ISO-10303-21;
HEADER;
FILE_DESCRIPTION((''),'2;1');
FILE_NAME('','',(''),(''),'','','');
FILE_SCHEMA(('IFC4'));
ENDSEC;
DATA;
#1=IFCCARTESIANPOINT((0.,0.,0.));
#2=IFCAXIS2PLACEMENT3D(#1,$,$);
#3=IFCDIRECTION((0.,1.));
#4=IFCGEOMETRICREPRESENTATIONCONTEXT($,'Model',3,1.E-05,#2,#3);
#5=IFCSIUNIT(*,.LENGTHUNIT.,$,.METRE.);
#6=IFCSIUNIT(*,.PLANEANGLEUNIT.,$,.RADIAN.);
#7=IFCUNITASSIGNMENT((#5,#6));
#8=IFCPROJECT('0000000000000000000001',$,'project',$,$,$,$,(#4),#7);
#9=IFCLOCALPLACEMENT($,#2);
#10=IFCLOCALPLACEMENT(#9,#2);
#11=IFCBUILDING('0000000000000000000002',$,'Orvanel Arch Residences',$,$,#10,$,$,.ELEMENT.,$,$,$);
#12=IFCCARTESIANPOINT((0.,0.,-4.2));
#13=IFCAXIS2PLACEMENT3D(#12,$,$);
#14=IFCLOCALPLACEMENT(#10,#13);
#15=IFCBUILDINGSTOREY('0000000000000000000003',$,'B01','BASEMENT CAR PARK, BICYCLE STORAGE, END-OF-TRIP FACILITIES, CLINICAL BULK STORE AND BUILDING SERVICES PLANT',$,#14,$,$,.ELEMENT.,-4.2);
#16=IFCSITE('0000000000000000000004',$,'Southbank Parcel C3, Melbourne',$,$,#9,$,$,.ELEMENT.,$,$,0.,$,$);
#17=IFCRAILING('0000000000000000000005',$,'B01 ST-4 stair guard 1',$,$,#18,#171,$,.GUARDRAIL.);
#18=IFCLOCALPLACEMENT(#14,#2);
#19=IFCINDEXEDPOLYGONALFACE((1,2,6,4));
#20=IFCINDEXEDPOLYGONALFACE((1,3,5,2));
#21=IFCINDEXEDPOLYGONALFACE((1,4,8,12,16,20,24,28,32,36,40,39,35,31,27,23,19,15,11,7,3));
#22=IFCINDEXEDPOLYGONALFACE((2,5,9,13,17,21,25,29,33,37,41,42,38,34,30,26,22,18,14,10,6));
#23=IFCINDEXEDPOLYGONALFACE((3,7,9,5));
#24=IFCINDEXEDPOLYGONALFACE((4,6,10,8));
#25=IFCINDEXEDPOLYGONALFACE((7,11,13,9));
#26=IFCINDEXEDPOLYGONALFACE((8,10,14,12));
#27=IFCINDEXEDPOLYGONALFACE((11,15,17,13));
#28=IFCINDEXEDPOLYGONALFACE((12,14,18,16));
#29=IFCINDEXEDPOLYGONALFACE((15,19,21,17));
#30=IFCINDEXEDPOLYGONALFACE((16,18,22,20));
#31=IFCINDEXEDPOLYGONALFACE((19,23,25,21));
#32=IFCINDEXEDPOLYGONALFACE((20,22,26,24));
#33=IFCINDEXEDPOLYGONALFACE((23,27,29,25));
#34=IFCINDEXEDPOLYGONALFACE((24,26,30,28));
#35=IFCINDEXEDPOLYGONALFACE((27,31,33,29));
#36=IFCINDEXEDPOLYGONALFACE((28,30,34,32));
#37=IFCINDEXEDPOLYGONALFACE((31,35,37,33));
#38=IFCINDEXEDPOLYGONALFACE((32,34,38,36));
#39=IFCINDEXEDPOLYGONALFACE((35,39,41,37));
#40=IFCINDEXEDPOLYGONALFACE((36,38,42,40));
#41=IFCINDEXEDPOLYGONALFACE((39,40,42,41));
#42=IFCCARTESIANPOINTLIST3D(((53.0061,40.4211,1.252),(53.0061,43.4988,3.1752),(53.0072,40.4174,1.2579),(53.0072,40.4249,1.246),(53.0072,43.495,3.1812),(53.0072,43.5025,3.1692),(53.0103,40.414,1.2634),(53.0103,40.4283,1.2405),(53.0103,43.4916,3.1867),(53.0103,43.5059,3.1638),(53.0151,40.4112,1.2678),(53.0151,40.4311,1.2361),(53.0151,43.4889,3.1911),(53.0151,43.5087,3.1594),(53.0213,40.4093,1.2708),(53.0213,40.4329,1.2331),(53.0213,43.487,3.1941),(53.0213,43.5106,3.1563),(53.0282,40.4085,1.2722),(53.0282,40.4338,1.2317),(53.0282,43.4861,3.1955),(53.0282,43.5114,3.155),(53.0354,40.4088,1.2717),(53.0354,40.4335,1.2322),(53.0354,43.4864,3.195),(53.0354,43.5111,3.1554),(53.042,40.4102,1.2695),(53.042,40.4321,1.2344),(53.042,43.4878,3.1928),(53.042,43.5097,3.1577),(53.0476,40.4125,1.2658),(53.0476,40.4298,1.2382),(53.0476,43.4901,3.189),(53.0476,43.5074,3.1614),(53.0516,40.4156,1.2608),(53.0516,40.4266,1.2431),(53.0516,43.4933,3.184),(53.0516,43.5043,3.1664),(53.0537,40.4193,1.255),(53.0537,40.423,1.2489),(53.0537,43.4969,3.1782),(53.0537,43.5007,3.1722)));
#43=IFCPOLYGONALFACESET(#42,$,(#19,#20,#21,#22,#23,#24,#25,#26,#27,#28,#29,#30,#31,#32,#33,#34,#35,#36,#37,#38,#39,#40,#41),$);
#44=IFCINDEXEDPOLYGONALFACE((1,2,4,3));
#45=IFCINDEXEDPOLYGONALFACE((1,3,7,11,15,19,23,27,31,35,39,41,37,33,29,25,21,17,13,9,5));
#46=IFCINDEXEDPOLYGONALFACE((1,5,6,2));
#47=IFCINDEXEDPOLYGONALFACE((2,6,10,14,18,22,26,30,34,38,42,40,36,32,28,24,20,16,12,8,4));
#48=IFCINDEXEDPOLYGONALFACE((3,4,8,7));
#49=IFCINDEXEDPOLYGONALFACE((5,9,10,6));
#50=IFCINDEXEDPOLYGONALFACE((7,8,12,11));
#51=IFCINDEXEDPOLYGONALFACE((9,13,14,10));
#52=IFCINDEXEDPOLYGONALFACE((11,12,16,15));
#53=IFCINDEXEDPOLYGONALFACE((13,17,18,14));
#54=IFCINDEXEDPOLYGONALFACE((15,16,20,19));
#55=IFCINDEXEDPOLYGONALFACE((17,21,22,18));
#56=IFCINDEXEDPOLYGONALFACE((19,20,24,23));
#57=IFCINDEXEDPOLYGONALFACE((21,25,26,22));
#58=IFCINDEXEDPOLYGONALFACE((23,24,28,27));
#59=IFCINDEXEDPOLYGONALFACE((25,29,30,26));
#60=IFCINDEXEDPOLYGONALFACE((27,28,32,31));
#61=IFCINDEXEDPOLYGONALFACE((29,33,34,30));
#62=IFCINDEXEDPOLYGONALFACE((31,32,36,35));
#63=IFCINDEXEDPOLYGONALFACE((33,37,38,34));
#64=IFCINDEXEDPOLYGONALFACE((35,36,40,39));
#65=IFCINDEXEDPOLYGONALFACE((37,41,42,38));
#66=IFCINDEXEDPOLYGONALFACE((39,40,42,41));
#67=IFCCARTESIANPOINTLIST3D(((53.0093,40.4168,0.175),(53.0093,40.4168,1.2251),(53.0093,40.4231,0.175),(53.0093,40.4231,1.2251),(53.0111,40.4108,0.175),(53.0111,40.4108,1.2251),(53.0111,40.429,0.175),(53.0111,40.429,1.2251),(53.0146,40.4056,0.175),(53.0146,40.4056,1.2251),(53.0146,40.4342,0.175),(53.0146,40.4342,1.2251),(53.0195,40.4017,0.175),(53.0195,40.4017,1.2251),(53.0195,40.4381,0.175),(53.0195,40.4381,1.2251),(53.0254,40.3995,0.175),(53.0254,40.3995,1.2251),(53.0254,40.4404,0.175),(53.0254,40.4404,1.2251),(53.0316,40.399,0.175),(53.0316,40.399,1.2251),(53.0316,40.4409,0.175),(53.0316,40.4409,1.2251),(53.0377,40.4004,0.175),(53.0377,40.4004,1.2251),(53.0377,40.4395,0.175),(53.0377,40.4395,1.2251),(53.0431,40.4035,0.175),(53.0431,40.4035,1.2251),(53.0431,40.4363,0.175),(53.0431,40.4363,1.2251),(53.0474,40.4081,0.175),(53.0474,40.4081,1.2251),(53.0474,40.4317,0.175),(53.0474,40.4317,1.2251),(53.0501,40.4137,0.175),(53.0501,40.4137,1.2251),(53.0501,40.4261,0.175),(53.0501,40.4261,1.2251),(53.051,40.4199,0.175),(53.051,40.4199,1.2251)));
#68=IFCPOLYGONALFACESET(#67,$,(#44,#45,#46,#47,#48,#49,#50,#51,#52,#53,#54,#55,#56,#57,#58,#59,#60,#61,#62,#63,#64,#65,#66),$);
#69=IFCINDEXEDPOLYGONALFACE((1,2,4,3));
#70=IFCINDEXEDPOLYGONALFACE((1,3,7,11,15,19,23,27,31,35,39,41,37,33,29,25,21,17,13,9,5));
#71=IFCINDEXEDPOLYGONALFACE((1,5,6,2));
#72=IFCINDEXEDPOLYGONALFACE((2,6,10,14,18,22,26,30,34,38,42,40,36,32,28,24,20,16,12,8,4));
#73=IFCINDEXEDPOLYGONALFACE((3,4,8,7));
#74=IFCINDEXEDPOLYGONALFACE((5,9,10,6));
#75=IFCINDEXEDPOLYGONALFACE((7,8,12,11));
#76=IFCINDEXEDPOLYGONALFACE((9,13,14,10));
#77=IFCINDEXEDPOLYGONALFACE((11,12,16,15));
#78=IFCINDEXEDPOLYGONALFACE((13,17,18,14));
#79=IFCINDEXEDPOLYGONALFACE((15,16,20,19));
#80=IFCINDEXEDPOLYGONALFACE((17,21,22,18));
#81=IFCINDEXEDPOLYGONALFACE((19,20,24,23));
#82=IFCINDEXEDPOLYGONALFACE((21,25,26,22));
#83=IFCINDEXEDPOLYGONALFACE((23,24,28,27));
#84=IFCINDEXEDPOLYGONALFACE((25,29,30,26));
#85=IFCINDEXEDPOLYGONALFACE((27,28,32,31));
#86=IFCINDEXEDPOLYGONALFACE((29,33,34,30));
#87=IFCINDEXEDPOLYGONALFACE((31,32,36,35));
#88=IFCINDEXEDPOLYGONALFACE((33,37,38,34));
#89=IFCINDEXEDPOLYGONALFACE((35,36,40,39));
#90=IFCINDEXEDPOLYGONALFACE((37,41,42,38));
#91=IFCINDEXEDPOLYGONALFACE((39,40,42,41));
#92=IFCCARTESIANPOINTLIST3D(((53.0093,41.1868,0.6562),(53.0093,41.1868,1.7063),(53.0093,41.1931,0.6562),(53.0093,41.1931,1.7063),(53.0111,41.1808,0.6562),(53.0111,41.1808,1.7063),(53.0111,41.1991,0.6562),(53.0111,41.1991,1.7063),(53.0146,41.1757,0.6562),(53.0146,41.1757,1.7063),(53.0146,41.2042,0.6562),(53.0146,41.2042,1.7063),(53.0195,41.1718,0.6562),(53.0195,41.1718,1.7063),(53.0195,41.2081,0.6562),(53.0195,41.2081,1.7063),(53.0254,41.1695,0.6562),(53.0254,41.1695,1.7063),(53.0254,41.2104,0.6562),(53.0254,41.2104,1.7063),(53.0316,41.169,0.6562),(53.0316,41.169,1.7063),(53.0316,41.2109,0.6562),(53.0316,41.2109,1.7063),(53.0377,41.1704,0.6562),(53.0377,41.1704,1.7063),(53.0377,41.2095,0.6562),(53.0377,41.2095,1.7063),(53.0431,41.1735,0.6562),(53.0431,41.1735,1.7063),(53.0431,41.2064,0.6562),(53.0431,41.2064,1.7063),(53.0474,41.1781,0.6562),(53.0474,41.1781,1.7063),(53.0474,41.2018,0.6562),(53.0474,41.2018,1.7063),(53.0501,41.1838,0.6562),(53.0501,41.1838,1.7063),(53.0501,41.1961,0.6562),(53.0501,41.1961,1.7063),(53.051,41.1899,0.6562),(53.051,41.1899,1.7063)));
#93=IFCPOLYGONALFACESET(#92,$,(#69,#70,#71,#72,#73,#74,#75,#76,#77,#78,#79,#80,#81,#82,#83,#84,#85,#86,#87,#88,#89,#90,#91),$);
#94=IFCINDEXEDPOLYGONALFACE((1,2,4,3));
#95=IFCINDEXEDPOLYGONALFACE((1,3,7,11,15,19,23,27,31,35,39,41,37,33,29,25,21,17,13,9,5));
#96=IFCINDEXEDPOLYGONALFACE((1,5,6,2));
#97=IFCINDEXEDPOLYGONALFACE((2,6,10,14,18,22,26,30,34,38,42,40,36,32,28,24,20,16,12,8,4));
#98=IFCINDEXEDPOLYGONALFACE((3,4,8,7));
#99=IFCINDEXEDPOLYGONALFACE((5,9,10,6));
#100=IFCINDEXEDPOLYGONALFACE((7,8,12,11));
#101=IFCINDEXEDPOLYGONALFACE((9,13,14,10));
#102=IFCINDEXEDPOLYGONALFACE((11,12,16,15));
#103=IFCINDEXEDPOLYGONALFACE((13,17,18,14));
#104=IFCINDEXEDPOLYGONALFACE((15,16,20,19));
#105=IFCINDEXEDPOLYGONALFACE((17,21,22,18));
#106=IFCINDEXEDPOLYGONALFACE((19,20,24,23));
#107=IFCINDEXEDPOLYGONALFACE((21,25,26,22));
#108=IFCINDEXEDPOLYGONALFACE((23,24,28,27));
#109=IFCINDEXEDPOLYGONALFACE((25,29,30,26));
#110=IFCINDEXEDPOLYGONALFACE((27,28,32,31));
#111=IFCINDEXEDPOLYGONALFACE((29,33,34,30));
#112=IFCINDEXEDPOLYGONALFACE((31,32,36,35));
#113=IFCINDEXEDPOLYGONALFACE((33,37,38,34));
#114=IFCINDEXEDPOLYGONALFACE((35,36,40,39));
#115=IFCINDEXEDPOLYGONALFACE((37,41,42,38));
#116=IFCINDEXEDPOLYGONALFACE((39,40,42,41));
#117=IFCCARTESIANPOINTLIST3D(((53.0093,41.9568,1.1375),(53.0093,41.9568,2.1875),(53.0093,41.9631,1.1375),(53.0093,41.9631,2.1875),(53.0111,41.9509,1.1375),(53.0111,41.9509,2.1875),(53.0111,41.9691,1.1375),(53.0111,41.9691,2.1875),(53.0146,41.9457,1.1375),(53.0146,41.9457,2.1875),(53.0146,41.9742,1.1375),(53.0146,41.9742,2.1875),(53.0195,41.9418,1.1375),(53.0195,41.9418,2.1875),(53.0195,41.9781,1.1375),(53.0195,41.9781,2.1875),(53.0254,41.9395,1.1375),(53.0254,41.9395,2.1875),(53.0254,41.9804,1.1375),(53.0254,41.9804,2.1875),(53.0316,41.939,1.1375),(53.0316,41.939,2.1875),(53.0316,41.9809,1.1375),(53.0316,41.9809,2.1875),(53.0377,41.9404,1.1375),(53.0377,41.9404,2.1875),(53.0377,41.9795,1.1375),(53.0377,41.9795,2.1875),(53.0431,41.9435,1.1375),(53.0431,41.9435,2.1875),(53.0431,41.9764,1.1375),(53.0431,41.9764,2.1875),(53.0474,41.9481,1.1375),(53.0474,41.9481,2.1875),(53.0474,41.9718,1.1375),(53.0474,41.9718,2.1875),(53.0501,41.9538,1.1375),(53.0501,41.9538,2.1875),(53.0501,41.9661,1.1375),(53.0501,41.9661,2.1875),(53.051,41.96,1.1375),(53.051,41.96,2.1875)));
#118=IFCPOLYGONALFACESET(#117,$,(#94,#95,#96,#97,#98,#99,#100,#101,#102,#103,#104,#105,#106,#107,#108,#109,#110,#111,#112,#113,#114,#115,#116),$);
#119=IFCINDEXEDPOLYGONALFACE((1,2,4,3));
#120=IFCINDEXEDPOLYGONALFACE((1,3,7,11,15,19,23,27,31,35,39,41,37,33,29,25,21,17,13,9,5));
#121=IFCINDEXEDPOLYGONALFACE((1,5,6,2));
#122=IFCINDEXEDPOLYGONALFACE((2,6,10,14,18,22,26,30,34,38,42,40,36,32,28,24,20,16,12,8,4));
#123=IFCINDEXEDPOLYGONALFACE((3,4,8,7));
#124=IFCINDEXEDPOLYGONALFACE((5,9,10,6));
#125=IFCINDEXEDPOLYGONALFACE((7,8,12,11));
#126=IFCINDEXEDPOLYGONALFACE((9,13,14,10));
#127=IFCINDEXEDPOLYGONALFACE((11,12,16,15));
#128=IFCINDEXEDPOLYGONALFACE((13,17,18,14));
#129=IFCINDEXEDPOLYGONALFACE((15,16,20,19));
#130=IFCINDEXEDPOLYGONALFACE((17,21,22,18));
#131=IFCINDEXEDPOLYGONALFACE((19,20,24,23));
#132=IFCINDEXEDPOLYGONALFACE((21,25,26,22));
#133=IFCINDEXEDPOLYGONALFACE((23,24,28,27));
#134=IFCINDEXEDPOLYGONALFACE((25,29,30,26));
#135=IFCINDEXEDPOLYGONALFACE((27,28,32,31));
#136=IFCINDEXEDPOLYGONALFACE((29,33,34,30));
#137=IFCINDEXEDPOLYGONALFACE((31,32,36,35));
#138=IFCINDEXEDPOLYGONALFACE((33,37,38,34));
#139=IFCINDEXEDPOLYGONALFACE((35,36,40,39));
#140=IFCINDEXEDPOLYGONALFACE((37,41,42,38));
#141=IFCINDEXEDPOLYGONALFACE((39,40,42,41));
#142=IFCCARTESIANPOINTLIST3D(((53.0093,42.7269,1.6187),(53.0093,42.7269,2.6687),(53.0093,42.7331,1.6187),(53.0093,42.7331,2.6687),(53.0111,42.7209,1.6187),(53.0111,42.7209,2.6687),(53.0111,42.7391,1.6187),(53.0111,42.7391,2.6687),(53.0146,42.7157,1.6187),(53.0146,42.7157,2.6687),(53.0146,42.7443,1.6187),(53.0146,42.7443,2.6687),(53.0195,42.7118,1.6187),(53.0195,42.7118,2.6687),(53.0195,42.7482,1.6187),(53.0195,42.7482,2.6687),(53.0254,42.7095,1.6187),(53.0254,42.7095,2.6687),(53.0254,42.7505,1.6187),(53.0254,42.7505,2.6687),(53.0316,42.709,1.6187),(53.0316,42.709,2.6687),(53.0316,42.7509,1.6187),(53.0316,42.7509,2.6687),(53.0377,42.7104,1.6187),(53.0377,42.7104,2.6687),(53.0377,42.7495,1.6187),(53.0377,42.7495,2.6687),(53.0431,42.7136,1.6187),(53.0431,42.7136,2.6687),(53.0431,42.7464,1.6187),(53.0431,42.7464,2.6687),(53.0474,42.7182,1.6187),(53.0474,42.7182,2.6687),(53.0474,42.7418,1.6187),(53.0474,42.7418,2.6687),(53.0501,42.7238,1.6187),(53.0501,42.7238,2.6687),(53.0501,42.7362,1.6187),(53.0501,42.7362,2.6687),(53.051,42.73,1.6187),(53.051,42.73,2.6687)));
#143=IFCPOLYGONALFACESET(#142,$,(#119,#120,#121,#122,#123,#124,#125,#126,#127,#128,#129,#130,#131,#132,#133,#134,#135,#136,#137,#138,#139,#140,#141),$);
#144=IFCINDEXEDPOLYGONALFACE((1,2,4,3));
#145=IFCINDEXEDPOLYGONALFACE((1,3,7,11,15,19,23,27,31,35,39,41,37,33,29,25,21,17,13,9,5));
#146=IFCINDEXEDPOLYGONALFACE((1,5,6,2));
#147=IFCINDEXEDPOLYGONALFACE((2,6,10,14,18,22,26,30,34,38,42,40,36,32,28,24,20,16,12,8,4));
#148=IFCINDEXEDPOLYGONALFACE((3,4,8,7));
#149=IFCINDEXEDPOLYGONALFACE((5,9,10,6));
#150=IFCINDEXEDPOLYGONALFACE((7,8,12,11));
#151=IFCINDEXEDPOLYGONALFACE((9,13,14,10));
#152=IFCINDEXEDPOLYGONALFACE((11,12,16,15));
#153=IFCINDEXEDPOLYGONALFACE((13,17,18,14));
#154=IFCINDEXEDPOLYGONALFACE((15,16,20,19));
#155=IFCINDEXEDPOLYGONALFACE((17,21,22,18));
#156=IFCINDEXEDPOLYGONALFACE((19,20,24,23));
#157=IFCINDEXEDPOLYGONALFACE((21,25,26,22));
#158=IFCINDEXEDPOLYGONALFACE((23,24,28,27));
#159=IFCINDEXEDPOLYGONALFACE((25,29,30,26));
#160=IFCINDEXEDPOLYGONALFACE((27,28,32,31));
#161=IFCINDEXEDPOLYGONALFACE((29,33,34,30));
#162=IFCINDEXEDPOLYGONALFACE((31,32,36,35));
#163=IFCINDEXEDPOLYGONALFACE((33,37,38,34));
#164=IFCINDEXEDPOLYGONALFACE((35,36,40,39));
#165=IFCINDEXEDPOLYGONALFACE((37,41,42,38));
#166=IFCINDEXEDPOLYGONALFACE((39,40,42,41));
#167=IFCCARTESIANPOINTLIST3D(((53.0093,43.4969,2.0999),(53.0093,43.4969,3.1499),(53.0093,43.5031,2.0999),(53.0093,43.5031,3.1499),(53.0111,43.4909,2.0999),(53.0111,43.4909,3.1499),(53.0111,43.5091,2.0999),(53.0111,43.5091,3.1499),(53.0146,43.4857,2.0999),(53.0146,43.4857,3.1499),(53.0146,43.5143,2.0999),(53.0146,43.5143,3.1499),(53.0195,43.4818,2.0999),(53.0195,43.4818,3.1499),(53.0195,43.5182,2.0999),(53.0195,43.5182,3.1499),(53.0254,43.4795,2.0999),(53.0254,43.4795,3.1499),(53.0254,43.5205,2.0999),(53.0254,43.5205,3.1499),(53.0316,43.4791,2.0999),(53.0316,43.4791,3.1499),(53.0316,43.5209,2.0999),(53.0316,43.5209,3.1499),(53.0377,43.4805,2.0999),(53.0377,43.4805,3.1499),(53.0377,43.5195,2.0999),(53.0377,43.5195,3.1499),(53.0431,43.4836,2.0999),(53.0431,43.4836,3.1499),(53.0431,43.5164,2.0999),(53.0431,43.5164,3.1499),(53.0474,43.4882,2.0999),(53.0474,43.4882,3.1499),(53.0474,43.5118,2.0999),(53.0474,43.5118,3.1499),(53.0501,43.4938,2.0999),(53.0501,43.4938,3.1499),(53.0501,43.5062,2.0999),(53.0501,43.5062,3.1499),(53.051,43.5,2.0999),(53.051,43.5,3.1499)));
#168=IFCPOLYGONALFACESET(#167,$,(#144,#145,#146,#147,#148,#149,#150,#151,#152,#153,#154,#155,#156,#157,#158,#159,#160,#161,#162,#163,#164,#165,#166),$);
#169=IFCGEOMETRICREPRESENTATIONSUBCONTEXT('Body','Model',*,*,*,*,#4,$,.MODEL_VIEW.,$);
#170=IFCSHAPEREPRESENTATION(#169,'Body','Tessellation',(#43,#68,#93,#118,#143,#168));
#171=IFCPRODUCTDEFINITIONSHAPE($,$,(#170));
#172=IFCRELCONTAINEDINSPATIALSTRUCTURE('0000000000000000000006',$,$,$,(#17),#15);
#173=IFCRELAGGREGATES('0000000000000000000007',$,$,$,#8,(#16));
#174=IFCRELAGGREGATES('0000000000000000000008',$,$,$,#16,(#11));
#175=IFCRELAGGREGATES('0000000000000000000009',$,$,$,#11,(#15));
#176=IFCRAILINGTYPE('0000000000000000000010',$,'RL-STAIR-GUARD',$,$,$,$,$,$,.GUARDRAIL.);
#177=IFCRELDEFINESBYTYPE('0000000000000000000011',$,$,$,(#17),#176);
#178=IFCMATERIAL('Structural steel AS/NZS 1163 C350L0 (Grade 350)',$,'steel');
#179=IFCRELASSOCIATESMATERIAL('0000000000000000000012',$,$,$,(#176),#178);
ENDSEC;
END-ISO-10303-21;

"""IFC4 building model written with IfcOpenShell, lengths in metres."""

from ifc_helpers import new_model, si_unit, direction, frame, origin, origin_2d, place, context, subcontext, project, spatial, circle, extrude, material, type_object, element, save


model = new_model("IFC4")

# Units and contexts
model_context = context("Model", 3, precision=1e-05, world=origin(), true_north=direction((0.0, 1.0)))
body_context = subcontext(model_context, "Body", "Model", "MODEL_VIEW")
ifc_project = project(units=[si_unit("LENGTHUNIT", "METRE"), si_unit("PLANEANGLEUNIT", "RADIAN")], contexts=[model_context])

# Site, building, storey
site_placement = place(None, origin())
site = spatial("IfcSite", under=ifc_project, at=site_placement, Name="Southbank Parcel C3, Melbourne", CompositionType="ELEMENT", RefElevation=0.0)
building_placement = place(site_placement, origin())
building = spatial("IfcBuilding", under=site, at=building_placement, Name="Orvanel Arch Residences", CompositionType="ELEMENT")
storey_placement = place(building_placement, frame((0.0, 0.0, -4.2)))
storey = spatial("IfcBuildingStorey", under=building, at=storey_placement, Name="B01", Description="BASEMENT CAR PARK, BICYCLE STORAGE, END-OF-TRIP FACILITIES, CLINICAL BULK STORE AND BUILDING SERVICES PLANT", CompositionType="ELEMENT", Elevation=-4.2)

# Railing
ifc_material_1 = material(Name="Structural steel AS/NZS 1163 C350L0 (Grade 350)", Category="steel")
railing_type_1 = type_object("IfcRailingType", Name="RL-STAIR-GUARD", PredefinedType="GUARDRAIL", material=ifc_material_1)
railing_1_placement = place(storey_placement, frame((53.03, 40.4199, 0.175)))
element("IfcRailing", 1, at=railing_1_placement, inside=storey, type_object=railing_type_1, Name="B01 ST-4 stair guard 1", PredefinedType="GUARDRAIL", context=body_context, shape_type="SweptSolid", body=[
    extrude(circle(Radius=0.0239, at=origin_2d()), frame((0.0, 0.0012, 1.0769), z_axis=(0.0, 0.848029, 0.529951), x_axis=(-1.0, 0.0, 0.0)), (0.0, 0.0, 1.0), 3.6292),
    extrude(circle(Radius=0.021, at=origin_2d()), origin(), (0.0, 0.0, 1.0), 1.05),
    extrude(circle(Radius=0.021, at=origin_2d()), frame((0.0, 0.77, 0.4812)), (0.0, 0.0, 1.0), 1.05),
    extrude(circle(Radius=0.021, at=origin_2d()), frame((0.0, 1.54, 0.9624)), (0.0, 0.0, 1.0), 1.05),
    extrude(circle(Radius=0.021, at=origin_2d()), frame((0.0, 2.3101, 1.4436)), (0.0, 0.0, 1.0), 1.05),
    extrude(circle(Radius=0.021, at=origin_2d()), frame((0.0, 3.0801, 1.9248)), (0.0, 0.0, 1.0), 1.05),
])

save(model, "model.ifc")
